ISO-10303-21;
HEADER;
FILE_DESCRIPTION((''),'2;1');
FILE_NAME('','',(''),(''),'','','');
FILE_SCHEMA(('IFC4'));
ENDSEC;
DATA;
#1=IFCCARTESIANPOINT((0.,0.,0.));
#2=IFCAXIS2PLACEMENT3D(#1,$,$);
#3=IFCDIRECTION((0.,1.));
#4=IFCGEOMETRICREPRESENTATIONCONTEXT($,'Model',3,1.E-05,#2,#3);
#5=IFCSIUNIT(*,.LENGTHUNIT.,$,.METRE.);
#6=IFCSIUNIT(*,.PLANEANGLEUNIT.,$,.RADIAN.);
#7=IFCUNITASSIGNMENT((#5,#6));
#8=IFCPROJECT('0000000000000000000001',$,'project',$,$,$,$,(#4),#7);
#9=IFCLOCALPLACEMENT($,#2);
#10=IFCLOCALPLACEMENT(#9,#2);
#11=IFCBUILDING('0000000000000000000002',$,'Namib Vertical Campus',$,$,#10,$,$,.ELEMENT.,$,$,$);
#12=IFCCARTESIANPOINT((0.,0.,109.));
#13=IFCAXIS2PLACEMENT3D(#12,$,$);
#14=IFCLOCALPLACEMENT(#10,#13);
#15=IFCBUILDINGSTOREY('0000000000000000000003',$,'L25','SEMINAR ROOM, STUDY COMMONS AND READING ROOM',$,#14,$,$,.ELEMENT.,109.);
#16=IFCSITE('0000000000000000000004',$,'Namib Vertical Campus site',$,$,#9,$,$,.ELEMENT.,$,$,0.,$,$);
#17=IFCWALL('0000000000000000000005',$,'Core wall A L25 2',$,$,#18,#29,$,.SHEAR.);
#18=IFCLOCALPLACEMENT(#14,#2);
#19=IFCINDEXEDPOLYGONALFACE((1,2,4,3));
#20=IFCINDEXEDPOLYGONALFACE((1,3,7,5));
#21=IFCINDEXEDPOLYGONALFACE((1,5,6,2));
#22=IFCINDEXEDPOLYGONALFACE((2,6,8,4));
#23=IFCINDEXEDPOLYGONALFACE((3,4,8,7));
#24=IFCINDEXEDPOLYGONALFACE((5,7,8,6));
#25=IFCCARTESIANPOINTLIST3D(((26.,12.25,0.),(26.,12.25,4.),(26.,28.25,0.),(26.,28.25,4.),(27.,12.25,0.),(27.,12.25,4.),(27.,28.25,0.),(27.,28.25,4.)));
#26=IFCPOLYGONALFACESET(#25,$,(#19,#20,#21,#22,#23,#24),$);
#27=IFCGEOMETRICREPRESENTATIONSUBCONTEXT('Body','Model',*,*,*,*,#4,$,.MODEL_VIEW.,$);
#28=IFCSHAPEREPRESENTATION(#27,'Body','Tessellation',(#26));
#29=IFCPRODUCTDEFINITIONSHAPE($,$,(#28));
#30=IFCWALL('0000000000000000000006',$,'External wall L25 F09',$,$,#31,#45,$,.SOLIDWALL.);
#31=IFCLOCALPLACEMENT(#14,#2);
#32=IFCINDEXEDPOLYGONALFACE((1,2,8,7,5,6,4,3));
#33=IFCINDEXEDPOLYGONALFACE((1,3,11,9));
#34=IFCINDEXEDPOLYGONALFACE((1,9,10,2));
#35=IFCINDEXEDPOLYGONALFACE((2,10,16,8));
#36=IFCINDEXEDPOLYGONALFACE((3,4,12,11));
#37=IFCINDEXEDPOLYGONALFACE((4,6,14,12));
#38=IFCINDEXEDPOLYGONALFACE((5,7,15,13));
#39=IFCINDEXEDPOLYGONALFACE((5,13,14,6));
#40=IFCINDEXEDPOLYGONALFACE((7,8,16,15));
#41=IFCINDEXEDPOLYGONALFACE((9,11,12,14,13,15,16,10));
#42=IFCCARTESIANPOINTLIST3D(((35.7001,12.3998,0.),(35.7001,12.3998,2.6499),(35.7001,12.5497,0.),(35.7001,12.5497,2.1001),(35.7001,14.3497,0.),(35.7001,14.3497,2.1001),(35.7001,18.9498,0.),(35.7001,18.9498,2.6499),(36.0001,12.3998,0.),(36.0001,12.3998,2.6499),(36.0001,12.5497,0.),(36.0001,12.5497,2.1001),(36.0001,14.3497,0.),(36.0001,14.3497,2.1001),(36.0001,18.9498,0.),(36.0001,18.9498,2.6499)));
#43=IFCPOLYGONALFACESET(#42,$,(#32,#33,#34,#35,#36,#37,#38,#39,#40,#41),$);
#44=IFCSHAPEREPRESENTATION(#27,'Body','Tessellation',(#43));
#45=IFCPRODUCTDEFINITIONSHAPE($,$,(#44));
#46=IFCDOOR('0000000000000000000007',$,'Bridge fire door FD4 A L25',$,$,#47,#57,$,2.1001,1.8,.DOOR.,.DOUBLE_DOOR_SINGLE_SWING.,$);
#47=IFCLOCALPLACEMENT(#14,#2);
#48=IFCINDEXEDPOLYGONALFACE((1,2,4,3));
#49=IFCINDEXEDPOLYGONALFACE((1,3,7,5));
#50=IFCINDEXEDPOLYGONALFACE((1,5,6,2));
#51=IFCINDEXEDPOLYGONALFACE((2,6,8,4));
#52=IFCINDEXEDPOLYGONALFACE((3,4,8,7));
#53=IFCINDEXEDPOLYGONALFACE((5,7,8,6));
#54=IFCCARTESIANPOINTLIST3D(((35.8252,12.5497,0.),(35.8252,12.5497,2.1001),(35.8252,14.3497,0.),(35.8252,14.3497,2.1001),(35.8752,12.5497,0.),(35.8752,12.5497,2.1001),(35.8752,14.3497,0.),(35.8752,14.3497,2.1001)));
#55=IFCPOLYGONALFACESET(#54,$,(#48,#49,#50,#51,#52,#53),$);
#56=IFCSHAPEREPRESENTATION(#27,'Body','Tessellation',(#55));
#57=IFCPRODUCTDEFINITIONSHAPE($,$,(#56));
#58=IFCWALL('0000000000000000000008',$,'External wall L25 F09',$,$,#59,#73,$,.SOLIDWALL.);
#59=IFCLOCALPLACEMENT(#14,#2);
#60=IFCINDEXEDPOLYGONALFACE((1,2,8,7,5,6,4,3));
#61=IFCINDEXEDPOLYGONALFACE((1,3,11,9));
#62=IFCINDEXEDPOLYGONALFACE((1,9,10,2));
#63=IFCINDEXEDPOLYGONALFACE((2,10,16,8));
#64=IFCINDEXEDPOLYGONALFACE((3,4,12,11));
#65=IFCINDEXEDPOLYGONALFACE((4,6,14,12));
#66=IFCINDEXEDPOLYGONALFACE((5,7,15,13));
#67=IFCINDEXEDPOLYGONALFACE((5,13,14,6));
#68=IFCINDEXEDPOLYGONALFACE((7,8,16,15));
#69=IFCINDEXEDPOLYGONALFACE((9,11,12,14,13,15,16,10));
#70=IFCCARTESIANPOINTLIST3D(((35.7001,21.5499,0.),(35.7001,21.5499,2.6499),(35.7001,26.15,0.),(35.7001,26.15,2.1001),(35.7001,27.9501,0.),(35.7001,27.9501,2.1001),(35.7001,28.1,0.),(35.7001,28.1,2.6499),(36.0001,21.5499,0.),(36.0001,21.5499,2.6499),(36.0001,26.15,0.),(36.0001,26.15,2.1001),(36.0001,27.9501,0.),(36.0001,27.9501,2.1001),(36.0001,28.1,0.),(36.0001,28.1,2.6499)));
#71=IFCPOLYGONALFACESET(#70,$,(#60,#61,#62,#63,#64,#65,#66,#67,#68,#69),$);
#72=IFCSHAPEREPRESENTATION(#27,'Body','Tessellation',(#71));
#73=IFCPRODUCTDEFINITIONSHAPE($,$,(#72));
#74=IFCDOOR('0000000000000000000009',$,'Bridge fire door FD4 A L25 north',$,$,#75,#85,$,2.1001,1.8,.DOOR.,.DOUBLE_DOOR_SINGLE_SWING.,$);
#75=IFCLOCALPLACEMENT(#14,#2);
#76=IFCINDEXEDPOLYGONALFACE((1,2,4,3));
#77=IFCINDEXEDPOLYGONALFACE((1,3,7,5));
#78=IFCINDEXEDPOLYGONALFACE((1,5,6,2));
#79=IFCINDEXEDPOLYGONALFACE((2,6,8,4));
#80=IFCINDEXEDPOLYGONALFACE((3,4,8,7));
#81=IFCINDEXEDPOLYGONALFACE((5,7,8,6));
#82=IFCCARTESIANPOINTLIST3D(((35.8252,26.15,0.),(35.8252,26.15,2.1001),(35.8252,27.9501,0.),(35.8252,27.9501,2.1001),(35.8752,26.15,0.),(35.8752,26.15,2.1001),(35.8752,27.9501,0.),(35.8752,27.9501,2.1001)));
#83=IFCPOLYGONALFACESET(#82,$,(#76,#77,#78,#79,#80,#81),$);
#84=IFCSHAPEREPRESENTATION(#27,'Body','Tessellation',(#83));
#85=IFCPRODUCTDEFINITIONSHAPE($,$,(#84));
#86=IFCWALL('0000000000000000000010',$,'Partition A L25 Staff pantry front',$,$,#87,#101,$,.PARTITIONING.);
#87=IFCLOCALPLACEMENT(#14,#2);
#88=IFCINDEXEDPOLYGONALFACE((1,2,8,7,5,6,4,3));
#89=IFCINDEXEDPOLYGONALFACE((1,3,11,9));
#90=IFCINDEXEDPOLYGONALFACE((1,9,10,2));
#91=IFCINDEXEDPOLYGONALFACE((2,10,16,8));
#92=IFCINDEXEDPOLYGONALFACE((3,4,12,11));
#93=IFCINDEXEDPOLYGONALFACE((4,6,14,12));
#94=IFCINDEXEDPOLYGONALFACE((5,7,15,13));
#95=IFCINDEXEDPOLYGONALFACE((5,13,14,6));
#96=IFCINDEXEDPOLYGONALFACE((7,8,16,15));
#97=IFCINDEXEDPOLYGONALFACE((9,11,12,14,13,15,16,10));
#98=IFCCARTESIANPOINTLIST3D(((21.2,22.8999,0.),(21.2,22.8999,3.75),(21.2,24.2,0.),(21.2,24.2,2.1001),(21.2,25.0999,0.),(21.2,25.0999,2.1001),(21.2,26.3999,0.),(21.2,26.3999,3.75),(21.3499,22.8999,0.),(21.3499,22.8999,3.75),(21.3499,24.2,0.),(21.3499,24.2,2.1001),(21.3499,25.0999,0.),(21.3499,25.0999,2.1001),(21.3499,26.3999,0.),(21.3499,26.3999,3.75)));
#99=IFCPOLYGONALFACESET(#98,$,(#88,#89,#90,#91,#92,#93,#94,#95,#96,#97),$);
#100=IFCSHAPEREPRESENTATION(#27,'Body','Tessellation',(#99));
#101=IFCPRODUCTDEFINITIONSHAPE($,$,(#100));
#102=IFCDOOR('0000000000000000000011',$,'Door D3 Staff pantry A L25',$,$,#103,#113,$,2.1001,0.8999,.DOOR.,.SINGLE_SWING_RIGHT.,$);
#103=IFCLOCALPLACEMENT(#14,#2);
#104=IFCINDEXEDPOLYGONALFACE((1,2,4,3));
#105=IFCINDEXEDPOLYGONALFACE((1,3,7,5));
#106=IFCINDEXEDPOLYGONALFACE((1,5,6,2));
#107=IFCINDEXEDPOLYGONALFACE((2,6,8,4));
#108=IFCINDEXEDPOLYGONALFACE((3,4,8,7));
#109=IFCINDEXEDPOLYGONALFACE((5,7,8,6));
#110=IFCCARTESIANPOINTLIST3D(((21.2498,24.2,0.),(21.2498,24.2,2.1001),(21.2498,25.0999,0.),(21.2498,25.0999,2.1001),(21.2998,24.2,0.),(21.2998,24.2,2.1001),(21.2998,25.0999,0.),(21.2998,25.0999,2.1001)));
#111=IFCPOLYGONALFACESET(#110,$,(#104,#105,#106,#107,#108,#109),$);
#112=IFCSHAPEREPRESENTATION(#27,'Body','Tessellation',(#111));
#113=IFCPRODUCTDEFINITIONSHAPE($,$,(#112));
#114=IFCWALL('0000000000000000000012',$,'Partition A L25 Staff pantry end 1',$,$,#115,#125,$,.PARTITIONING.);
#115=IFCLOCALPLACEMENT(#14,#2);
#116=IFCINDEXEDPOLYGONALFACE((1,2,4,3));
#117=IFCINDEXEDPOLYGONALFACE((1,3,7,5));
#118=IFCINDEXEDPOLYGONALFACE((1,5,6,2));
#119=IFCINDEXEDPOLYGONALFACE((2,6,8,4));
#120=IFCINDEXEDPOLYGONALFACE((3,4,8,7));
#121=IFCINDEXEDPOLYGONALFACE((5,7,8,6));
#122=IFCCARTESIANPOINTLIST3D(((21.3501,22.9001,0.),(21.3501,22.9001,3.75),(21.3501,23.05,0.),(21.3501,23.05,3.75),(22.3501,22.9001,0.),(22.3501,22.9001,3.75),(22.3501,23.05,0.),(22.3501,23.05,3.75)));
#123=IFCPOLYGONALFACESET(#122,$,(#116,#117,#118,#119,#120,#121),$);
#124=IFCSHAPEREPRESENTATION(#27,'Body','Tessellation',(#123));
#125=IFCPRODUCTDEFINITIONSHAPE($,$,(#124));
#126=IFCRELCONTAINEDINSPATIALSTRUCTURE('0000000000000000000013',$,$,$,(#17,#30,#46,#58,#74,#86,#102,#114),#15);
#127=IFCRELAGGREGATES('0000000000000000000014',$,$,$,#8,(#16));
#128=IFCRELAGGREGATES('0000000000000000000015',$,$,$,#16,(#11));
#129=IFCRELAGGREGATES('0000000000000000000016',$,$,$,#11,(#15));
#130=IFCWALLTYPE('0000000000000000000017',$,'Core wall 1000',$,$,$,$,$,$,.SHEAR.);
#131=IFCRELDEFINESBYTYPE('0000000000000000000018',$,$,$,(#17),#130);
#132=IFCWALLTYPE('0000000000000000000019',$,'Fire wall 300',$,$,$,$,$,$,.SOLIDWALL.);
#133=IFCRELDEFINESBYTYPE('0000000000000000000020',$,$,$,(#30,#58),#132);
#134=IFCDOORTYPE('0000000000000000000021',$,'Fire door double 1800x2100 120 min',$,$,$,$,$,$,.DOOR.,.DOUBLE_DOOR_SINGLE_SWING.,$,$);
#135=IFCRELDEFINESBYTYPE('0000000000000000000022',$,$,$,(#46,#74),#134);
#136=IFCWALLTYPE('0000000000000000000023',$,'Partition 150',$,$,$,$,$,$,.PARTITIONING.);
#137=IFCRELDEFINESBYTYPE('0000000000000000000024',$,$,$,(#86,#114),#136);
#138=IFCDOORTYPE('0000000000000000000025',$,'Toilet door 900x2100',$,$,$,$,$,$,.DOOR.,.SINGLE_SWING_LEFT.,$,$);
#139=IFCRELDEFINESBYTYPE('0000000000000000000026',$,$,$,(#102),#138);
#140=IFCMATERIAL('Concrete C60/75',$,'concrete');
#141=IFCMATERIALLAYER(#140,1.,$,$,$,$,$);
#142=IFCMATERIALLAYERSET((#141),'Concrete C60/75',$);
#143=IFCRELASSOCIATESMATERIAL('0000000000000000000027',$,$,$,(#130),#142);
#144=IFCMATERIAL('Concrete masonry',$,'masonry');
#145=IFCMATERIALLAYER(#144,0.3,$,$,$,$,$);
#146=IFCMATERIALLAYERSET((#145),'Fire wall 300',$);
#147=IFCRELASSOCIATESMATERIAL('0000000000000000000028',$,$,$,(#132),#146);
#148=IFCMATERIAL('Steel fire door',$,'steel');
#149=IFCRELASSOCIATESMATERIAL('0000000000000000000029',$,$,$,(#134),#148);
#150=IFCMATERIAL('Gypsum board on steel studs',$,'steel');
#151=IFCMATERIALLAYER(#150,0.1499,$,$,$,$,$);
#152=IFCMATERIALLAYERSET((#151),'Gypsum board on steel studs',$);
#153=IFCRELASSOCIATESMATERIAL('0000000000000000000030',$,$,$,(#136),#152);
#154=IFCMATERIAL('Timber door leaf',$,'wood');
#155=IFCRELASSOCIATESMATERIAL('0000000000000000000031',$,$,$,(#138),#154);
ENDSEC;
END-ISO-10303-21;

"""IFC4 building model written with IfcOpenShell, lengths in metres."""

from ifc_helpers import new_model, si_unit, direction, frame, frame_2d, origin, place, context, subcontext, project, spatial, rectangle, extrude, material, layer, layer_set, type_object, element, fill, save


model = new_model("IFC4")

# Units and contexts
model_context = context("Model", 3, precision=1e-05, world=origin(), true_north=direction((0.0, 1.0)))
body_context = subcontext(model_context, "Body", "Model", "MODEL_VIEW")
ifc_project = project(units=[si_unit("LENGTHUNIT", "METRE"), si_unit("PLANEANGLEUNIT", "RADIAN")], contexts=[model_context])

# Site, building, storey
site_placement = place(None, origin())
site = spatial("IfcSite", under=ifc_project, at=site_placement, Name="Namib Vertical Campus site", CompositionType="ELEMENT", RefElevation=0.0)
building_placement = place(site_placement, origin())
building = spatial("IfcBuilding", under=site, at=building_placement, Name="Namib Vertical Campus", CompositionType="ELEMENT")
storey_placement = place(building_placement, frame((0.0, 0.0, 109.0)))
storey = spatial("IfcBuildingStorey", under=building, at=storey_placement, Name="L25", Description="SEMINAR ROOM, STUDY COMMONS AND READING ROOM", CompositionType="ELEMENT", Elevation=109.0)

# Wall
ifc_material_1 = material(Name="Concrete C60/75", Category="concrete")
ifc_layer_1 = layer(ifc_material_1, 1.0)
ifc_layer_set_1 = layer_set([ifc_layer_1], Name="Concrete C60/75")
wall_type_1 = type_object("IfcWallType", Name="Core wall 1000", PredefinedType="SHEAR", material=ifc_layer_set_1)
wall_1_placement = place(storey_placement, frame((26.5, 12.25, 0.0), z_axis=(0.0, 0.0, 1.0), x_axis=(0.0, 1.0, 0.0)))
element("IfcWall", 1, at=wall_1_placement, inside=storey, type_object=wall_type_1, Name="Core wall A L25 2", PredefinedType="SHEAR", context=body_context, shape_type="SweptSolid", body=[
    extrude(rectangle(XDim=16.0, YDim=1.0, at=frame_2d((8.0, 0.0))), origin(), (0.0, 0.0, 1.0), 4.0),
])
ifc_material_2 = material(Name="Concrete masonry", Category="masonry")
ifc_layer_2 = layer(ifc_material_2, 0.3)
ifc_layer_set_2 = layer_set([ifc_layer_2], Name="Fire wall 300")
wall_type_2 = type_object("IfcWallType", Name="Fire wall 300", PredefinedType="SOLIDWALL", material=ifc_layer_set_2)

# Walls, openings, doors
wall_2_placement = place(storey_placement, frame((35.8501, 12.3999, 0.0), z_axis=(0.0, 0.0, 1.0), x_axis=(0.0, 1.0, 0.0)))
wall_2 = element("IfcWall", 2, at=wall_2_placement, inside=storey, type_object=wall_type_2, Name="External wall L25 F09", PredefinedType="SOLIDWALL", context=body_context, shape_type="SweptSolid", body=[
    extrude(rectangle(XDim=6.55, YDim=0.3, at=frame_2d((3.2749, 0.0))), origin(), (0.0, 0.0, 1.0), 2.6499),
])
opening_1_placement = place(wall_2_placement, frame((0.1499, 0.0, 0.0)))
opening_1 = element("IfcOpeningElement", 3, at=opening_1_placement, cuts=wall_2, PredefinedType="OPENING", context=body_context, shape_type="SweptSolid", body=[
    extrude(rectangle(XDim=1.8, YDim=2.1001, at=frame_2d((0.8999, 1.05))), frame((0.0, 0.1599, 0.0), z_axis=(0.0, -1.0, 0.0), x_axis=(1.0, 0.0, 0.0)), (0.0, 0.0, 1.0), 0.3201),
])
ifc_material_3 = material(Name="Steel fire door", Category="steel")
door_type_1 = type_object("IfcDoorType", Name="Fire door double 1800x2100 120 min", OperationType="DOUBLE_DOOR_SINGLE_SWING", PredefinedType="DOOR", material=ifc_material_3)
door_1_placement = place(opening_1_placement, origin())
door_1 = element("IfcDoor", 4, at=door_1_placement, inside=storey, type_object=door_type_1, Name="Bridge fire door FD4 A L25", OperationType="DOUBLE_DOOR_SINGLE_SWING", OverallHeight=2.1001, OverallWidth=1.8, PredefinedType="DOOR", context=body_context, shape_type="SweptSolid", body=[
    extrude(rectangle(XDim=1.8, YDim=2.1001, at=frame_2d((0.8999, 1.05))), frame((0.0, 0.0249, 0.0), z_axis=(0.0, -1.0, 0.0), x_axis=(1.0, 0.0, 0.0)), (0.0, 0.0, 1.0), 0.05),
])
fill(opening_1, door_1)
wall_3_placement = place(storey_placement, frame((35.8501, 21.55, 0.0), z_axis=(0.0, 0.0, 1.0), x_axis=(0.0, 1.0, 0.0)))
wall_3 = element("IfcWall", 5, at=wall_3_placement, inside=storey, type_object=wall_type_2, Name="External wall L25 F09", PredefinedType="SOLIDWALL", context=body_context, shape_type="SweptSolid", body=[
    extrude(rectangle(XDim=6.55, YDim=0.3, at=frame_2d((3.2749, 0.0))), origin(), (0.0, 0.0, 1.0), 2.6499),
])
opening_2_placement = place(wall_3_placement, frame((4.6001, 0.0, 0.0)))
opening_2 = element("IfcOpeningElement", 6, at=opening_2_placement, cuts=wall_3, PredefinedType="OPENING", context=body_context, shape_type="SweptSolid", body=[
    extrude(rectangle(XDim=1.8, YDim=2.1001, at=frame_2d((0.8999, 1.05))), frame((0.0, 0.1599, 0.0), z_axis=(0.0, -1.0, 0.0), x_axis=(1.0, 0.0, 0.0)), (0.0, 0.0, 1.0), 0.3201),
])
door_2_placement = place(opening_2_placement, origin())
door_2 = element("IfcDoor", 7, at=door_2_placement, inside=storey, type_object=door_type_1, Name="Bridge fire door FD4 A L25 north", OperationType="DOUBLE_DOOR_SINGLE_SWING", OverallHeight=2.1001, OverallWidth=1.8, PredefinedType="DOOR", context=body_context, shape_type="SweptSolid", body=[
    extrude(rectangle(XDim=1.8, YDim=2.1001, at=frame_2d((0.8999, 1.05))), frame((0.0, 0.0249, 0.0), z_axis=(0.0, -1.0, 0.0), x_axis=(1.0, 0.0, 0.0)), (0.0, 0.0, 1.0), 0.05),
])
fill(opening_2, door_2)
ifc_material_4 = material(Name="Gypsum board on steel studs", Category="steel")
ifc_layer_3 = layer(ifc_material_4, 0.1499)
ifc_layer_set_3 = layer_set([ifc_layer_3], Name="Gypsum board on steel studs")
wall_type_3 = type_object("IfcWallType", Name="Partition 150", PredefinedType="PARTITIONING", material=ifc_layer_set_3)
wall_4_placement = place(storey_placement, frame((21.2749, 22.8999, 0.0), z_axis=(0.0, 0.0, 1.0), x_axis=(0.0, 1.0, 0.0)))
wall_4 = element("IfcWall", 8, at=wall_4_placement, inside=storey, type_object=wall_type_3, Name="Partition A L25 Staff pantry front", PredefinedType="PARTITIONING", context=body_context, shape_type="SweptSolid", body=[
    extrude(rectangle(XDim=3.5, YDim=0.1499, at=frame_2d((1.75, 0.0))), origin(), (0.0, 0.0, 1.0), 3.75),
])
opening_3_placement = place(wall_4_placement, frame((1.3, 0.0, 0.0)))
opening_3 = element("IfcOpeningElement", 9, at=opening_3_placement, cuts=wall_4, PredefinedType="OPENING", context=body_context, shape_type="SweptSolid", body=[
    extrude(rectangle(XDim=0.8999, YDim=2.1001, at=frame_2d((0.45, 1.05))), frame((0.0, 0.085, 0.0), z_axis=(0.0, -1.0, 0.0), x_axis=(1.0, 0.0, 0.0)), (0.0, 0.0, 1.0), 0.1699),
])
ifc_material_5 = material(Name="Timber door leaf", Category="wood")
door_type_2 = type_object("IfcDoorType", Name="Toilet door 900x2100", OperationType="SINGLE_SWING_LEFT", PredefinedType="DOOR", material=ifc_material_5)
door_3_placement = place(opening_3_placement, frame((0.8999, 0.0, 0.0), z_axis=(0.0, 0.0, 1.0), x_axis=(-1.0, 0.0, 0.0)))
door_3 = element("IfcDoor", 10, at=door_3_placement, inside=storey, type_object=door_type_2, Name="Door D3 Staff pantry A L25", OperationType="SINGLE_SWING_RIGHT", OverallHeight=2.1001, OverallWidth=0.8999, PredefinedType="DOOR", context=body_context, shape_type="SweptSolid", body=[
    extrude(rectangle(XDim=0.8999, YDim=2.1001, at=frame_2d((0.45, 1.05))), frame((0.0, 0.0249, 0.0), z_axis=(0.0, -1.0, 0.0), x_axis=(1.0, 0.0, 0.0)), (0.0, 0.0, 1.0), 0.05),
])
fill(opening_3, door_3)

# Wall
wall_5_placement = place(storey_placement, frame((21.3501, 22.9751, 0.0), z_axis=(0.0, 0.0, 1.0), x_axis=(1.0, 0.0, 0.0)))
element("IfcWall", 11, at=wall_5_placement, inside=storey, type_object=wall_type_3, Name="Partition A L25 Staff pantry end 1", PredefinedType="PARTITIONING", context=body_context, shape_type="SweptSolid", body=[
    extrude(rectangle(XDim=1.0, YDim=0.1499, at=frame_2d((0.5, 0.0))), origin(), (0.0, 0.0, 1.0), 3.75),
])

save(model, "model.ifc")
